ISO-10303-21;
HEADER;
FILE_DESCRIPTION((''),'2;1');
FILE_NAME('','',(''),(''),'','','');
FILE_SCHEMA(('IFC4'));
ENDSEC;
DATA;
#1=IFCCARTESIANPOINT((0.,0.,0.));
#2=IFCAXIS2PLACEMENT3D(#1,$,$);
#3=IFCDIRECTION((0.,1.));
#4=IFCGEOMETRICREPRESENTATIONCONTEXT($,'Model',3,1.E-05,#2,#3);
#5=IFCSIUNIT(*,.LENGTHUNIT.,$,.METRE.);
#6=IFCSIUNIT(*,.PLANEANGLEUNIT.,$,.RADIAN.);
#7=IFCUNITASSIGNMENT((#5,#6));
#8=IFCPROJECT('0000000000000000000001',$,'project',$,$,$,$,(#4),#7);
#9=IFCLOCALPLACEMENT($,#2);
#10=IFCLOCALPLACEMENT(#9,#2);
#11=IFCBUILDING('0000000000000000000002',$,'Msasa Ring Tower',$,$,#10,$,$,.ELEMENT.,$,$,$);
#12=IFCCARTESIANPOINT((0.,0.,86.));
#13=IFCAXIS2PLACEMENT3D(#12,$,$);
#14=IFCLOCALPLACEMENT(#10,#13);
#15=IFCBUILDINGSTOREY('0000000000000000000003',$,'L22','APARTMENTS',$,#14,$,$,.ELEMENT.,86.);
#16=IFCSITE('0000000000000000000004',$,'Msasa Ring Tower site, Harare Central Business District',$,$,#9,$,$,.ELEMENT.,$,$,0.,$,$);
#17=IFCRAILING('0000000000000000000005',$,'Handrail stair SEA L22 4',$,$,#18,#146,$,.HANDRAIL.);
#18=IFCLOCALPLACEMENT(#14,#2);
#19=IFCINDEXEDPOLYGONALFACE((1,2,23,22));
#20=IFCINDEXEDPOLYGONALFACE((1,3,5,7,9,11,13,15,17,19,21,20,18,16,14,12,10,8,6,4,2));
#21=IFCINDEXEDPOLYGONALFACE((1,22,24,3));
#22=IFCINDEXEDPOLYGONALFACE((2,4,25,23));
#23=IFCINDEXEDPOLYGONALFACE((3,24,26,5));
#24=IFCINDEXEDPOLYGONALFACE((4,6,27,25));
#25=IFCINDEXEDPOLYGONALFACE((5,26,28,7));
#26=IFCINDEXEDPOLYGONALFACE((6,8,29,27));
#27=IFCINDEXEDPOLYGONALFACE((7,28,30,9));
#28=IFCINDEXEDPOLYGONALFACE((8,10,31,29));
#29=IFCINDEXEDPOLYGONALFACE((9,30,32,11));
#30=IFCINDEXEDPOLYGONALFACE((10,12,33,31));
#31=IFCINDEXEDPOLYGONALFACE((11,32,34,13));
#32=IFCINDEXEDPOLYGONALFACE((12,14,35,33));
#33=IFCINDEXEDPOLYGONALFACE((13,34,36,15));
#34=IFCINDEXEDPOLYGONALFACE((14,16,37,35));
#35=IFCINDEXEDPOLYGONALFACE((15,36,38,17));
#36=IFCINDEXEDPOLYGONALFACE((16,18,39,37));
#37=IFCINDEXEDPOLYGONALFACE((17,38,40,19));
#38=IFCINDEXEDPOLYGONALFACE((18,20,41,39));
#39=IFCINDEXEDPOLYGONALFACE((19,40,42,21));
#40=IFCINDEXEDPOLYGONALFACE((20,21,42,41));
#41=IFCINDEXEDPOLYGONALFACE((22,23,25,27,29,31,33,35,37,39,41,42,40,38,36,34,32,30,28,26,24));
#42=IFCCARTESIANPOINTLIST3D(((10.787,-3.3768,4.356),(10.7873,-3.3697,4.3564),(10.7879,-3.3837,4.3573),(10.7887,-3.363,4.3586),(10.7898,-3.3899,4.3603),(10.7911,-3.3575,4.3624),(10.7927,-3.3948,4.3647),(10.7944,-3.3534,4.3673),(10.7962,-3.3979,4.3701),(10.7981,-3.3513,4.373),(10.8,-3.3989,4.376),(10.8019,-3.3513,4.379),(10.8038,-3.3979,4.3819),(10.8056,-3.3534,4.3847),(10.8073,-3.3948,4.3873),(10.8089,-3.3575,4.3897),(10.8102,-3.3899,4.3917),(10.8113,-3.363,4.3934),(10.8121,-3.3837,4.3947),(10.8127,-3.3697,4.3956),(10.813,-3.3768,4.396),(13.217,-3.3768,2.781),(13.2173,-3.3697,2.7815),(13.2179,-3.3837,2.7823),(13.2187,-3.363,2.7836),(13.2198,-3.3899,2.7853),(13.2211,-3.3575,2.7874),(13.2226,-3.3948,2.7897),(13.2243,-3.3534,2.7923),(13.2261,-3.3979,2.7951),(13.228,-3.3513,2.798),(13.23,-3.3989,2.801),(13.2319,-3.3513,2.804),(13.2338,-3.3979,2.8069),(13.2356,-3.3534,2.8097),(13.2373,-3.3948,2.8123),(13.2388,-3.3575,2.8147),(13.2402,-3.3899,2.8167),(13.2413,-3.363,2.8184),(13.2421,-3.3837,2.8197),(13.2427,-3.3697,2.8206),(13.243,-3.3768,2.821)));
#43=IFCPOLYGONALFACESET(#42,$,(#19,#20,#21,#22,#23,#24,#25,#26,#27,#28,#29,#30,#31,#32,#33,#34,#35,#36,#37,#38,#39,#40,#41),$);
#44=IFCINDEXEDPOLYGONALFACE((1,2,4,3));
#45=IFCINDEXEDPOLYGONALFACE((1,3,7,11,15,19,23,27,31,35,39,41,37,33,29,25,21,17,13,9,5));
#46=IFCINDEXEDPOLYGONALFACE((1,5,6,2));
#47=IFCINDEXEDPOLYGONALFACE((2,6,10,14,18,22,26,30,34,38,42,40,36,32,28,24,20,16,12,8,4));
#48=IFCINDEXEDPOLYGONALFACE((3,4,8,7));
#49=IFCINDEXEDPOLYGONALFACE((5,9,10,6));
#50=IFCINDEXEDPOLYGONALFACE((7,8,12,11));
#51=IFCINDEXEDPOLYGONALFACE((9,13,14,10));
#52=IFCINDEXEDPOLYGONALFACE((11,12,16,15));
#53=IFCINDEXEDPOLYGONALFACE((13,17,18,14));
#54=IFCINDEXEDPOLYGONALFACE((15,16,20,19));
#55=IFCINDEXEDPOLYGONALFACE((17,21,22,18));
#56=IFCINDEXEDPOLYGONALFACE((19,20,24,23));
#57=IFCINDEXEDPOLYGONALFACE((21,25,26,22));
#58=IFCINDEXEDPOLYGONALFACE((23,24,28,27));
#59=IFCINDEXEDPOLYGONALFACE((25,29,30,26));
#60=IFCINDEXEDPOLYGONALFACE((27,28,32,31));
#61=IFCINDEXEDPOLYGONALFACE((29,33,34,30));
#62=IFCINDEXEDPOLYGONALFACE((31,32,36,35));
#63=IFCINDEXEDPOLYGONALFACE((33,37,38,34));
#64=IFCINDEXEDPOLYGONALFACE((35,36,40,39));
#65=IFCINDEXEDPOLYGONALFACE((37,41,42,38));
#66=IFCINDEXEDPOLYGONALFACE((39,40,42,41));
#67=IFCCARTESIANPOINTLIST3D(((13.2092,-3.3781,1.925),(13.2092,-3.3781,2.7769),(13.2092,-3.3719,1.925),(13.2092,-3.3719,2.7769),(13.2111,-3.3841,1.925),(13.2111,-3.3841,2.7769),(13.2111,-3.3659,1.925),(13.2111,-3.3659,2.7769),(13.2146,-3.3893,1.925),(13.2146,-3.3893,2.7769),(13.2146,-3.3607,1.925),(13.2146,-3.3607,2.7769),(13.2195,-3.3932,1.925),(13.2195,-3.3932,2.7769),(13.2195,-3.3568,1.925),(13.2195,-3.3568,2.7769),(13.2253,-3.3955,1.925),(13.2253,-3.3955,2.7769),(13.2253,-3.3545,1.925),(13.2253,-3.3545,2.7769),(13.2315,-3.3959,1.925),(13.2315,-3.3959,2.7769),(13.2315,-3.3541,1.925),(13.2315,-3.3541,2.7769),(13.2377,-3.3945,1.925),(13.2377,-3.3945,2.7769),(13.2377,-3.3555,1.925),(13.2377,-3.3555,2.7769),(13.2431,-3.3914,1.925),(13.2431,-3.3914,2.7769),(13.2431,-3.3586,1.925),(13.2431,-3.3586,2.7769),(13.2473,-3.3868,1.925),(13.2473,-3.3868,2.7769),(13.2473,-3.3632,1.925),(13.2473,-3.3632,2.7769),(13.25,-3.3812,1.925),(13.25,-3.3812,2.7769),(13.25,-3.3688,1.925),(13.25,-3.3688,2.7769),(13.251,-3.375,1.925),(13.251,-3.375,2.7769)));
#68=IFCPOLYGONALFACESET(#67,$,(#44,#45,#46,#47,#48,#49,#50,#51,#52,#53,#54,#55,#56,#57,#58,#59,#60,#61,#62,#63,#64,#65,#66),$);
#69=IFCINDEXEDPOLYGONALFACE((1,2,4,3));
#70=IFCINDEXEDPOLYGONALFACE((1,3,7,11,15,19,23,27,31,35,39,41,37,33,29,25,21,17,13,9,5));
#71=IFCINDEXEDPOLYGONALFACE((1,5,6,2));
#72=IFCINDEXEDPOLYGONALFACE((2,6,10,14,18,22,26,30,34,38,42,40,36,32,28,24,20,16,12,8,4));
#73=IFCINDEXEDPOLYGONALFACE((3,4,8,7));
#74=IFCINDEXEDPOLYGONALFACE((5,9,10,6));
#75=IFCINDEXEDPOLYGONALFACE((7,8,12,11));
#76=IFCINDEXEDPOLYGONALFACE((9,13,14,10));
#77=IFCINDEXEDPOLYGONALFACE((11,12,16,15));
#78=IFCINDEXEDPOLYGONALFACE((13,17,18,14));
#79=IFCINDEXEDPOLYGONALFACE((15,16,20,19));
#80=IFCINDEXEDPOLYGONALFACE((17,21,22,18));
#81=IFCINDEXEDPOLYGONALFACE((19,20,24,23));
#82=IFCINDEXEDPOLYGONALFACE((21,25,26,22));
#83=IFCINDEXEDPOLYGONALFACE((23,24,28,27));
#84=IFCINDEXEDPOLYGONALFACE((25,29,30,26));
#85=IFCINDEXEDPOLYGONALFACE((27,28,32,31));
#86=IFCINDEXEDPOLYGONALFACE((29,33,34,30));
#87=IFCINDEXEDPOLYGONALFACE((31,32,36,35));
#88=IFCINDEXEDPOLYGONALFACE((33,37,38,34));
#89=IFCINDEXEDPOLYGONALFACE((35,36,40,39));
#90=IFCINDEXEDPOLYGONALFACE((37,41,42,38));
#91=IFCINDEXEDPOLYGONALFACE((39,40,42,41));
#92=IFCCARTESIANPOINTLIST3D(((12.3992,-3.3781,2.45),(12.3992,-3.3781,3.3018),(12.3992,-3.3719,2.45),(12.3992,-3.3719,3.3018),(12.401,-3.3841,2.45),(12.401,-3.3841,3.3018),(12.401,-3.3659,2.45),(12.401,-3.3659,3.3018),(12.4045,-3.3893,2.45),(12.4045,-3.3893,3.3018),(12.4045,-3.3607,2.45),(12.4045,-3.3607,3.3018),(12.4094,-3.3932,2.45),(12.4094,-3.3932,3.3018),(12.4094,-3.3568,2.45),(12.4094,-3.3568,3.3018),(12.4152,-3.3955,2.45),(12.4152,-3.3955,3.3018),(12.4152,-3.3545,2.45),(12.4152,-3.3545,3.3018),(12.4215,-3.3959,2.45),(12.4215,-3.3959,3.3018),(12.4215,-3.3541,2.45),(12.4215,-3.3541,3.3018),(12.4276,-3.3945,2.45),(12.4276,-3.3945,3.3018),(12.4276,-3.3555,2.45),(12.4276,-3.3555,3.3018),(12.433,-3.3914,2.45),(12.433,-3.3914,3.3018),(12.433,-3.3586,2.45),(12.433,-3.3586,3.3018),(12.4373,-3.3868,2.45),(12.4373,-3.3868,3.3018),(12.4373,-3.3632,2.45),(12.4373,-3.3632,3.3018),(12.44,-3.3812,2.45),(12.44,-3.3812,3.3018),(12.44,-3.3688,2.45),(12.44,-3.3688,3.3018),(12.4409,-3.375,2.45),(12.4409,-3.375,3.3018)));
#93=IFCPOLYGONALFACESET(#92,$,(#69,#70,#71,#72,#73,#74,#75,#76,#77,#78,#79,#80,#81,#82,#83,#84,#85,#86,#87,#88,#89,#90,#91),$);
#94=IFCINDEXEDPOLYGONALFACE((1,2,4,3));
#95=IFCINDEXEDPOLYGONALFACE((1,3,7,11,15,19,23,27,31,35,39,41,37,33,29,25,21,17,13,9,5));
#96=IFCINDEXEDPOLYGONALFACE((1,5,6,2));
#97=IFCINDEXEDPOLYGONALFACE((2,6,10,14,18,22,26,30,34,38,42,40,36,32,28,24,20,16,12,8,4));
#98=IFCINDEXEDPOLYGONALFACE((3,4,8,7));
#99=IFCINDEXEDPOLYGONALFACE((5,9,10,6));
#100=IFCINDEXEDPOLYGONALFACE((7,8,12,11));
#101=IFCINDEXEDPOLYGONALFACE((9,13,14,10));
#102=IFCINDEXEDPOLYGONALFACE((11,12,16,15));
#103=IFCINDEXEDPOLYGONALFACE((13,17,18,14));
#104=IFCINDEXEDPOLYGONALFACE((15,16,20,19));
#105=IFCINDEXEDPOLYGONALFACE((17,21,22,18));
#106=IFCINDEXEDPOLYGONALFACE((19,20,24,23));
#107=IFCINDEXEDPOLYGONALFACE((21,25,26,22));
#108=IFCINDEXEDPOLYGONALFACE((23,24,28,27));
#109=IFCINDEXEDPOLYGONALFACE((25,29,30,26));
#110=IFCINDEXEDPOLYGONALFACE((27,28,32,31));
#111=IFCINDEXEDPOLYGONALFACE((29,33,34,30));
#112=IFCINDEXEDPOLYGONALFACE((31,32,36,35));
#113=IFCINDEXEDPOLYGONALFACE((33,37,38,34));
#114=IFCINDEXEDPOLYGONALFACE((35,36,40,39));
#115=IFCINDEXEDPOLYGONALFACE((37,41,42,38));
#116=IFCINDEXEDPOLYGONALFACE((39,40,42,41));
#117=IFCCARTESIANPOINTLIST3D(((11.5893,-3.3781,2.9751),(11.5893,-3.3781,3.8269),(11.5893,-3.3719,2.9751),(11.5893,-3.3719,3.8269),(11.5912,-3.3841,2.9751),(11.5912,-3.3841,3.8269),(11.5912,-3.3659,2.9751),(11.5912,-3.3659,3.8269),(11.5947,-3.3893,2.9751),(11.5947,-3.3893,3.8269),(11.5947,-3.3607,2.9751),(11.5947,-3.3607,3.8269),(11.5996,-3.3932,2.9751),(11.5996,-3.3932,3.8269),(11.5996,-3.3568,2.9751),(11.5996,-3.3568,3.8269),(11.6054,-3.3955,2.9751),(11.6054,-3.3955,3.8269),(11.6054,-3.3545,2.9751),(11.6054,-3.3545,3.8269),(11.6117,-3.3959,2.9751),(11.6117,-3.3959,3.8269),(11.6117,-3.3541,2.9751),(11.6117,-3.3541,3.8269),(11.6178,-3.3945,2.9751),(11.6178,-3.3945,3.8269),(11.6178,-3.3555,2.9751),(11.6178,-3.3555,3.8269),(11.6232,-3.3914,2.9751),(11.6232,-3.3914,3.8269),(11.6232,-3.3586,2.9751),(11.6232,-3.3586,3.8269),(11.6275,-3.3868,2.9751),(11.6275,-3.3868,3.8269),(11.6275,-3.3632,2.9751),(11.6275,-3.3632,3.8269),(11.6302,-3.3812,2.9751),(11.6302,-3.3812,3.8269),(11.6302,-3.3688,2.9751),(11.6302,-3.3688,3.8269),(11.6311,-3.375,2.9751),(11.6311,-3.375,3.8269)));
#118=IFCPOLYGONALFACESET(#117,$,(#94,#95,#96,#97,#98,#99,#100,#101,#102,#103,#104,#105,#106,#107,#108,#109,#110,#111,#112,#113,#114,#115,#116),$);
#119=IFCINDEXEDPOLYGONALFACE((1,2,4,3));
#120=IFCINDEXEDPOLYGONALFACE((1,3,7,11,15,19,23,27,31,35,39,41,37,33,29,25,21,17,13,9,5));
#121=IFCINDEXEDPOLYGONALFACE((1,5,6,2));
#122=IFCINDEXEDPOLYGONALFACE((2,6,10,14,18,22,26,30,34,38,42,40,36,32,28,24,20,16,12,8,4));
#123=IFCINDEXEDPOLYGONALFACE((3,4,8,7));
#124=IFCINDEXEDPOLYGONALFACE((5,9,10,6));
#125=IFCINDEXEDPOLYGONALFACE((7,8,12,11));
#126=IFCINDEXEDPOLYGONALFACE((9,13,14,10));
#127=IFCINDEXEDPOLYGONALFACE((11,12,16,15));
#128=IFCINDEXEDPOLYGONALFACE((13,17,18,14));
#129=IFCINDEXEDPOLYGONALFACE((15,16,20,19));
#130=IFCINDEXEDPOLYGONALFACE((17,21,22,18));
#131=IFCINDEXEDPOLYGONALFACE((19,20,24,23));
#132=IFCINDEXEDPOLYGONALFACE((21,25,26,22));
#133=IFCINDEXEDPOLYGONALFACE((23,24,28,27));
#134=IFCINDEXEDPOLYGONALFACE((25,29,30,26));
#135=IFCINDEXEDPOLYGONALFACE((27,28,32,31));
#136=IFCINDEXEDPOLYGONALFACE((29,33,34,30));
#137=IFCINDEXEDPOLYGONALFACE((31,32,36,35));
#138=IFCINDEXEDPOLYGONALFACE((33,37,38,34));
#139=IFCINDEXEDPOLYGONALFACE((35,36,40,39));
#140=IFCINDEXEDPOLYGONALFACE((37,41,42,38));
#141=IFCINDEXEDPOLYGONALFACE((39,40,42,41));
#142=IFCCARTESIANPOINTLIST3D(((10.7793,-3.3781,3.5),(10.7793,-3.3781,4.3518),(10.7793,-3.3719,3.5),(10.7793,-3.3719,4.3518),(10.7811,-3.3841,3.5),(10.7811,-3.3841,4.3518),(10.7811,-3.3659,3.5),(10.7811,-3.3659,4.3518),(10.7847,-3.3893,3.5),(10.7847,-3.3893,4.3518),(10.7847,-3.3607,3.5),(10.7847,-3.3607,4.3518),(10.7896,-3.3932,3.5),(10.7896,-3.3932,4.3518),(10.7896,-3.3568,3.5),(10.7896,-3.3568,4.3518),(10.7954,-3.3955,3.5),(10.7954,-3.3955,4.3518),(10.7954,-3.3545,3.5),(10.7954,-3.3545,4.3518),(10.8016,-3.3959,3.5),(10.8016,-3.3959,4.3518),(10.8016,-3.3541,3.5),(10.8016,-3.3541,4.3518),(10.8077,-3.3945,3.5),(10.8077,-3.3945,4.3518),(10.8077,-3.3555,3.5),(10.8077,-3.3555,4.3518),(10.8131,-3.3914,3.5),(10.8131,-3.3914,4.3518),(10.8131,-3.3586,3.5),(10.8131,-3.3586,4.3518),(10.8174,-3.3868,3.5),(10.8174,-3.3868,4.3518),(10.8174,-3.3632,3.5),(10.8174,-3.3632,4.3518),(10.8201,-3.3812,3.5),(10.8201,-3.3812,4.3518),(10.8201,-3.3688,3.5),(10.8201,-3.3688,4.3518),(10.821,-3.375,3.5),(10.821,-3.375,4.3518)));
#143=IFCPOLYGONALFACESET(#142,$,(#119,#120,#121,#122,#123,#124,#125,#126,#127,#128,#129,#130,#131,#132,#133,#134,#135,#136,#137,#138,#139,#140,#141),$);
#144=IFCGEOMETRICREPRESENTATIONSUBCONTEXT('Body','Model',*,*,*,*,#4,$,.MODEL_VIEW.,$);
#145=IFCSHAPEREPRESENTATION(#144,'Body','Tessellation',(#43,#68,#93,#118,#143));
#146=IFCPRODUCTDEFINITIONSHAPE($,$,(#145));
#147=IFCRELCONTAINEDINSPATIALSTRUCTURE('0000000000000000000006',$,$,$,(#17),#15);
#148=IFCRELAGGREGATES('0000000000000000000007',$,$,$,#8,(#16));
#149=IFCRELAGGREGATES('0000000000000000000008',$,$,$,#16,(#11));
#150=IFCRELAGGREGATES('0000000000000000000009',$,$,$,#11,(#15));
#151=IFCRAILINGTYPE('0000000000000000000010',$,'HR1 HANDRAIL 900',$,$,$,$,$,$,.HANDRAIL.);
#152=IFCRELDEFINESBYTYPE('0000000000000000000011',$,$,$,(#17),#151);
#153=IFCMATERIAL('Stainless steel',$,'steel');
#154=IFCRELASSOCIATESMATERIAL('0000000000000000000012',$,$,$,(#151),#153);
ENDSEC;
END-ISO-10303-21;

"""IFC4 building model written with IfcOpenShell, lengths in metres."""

from ifc_helpers import new_model, si_unit, direction, frame, origin, origin_2d, place, context, subcontext, project, spatial, circle, extrude, material, type_object, element, save


model = new_model("IFC4")

# Units and contexts
model_context = context("Model", 3, precision=1e-05, world=origin(), true_north=direction((0.0, 1.0)))
body_context = subcontext(model_context, "Body", "Model", "MODEL_VIEW")
ifc_project = project(units=[si_unit("LENGTHUNIT", "METRE"), si_unit("PLANEANGLEUNIT", "RADIAN")], contexts=[model_context])

# Site, building, storey
site_placement = place(None, origin())
site = spatial("IfcSite", under=ifc_project, at=site_placement, Name="Msasa Ring Tower site, Harare Central Business District", CompositionType="ELEMENT", RefElevation=0.0)
building_placement = place(site_placement, origin())
building = spatial("IfcBuilding", under=site, at=building_placement, Name="Msasa Ring Tower", CompositionType="ELEMENT")
storey_placement = place(building_placement, frame((0.0, 0.0, 86.0)))
storey = spatial("IfcBuildingStorey", under=building, at=storey_placement, Name="L22", Description="APARTMENTS", CompositionType="ELEMENT", Elevation=86.0)

# Railing
ifc_material_1 = material(Name="Stainless steel", Category="steel")
railing_type = type_object("IfcRailingType", Name="HR1 HANDRAIL 900", PredefinedType="HANDRAIL", material=ifc_material_1)
for number, where, name in (
    (1, (13.23, -3.375, 1.925), "Handrail stair SEA L22 4"),
):
    element("IfcRailing", number, at=place(storey_placement, frame(where)), inside=storey, type_object=railing_type, Name=name, PredefinedType="HANDRAIL", context=body_context, shape_type="SweptSolid", body=[
        extrude(circle(Radius=0.0239, at=origin_2d()), frame((0.0, 0.0, 0.876), z_axis=(-0.839154, 0.0, 0.543894), x_axis=(0.0, -1.0, 0.0)), (0.0, 0.0, 1.0), 2.8958),
        extrude(circle(Radius=0.021, at=origin_2d()), origin(), (0.0, 0.0, 1.0), 0.8518),
        extrude(circle(Radius=0.021, at=origin_2d()), frame((-0.8101, 0.0, 0.5249)), (0.0, 0.0, 1.0), 0.8518),
        extrude(circle(Radius=0.021, at=origin_2d()), frame((-1.6199, 0.0, 1.05)), (0.0, 0.0, 1.0), 0.8518),
        extrude(circle(Radius=0.021, at=origin_2d()), frame((-2.4299, 0.0, 1.575)), (0.0, 0.0, 1.0), 0.8518),
    ])

save(model, "model.ifc")
